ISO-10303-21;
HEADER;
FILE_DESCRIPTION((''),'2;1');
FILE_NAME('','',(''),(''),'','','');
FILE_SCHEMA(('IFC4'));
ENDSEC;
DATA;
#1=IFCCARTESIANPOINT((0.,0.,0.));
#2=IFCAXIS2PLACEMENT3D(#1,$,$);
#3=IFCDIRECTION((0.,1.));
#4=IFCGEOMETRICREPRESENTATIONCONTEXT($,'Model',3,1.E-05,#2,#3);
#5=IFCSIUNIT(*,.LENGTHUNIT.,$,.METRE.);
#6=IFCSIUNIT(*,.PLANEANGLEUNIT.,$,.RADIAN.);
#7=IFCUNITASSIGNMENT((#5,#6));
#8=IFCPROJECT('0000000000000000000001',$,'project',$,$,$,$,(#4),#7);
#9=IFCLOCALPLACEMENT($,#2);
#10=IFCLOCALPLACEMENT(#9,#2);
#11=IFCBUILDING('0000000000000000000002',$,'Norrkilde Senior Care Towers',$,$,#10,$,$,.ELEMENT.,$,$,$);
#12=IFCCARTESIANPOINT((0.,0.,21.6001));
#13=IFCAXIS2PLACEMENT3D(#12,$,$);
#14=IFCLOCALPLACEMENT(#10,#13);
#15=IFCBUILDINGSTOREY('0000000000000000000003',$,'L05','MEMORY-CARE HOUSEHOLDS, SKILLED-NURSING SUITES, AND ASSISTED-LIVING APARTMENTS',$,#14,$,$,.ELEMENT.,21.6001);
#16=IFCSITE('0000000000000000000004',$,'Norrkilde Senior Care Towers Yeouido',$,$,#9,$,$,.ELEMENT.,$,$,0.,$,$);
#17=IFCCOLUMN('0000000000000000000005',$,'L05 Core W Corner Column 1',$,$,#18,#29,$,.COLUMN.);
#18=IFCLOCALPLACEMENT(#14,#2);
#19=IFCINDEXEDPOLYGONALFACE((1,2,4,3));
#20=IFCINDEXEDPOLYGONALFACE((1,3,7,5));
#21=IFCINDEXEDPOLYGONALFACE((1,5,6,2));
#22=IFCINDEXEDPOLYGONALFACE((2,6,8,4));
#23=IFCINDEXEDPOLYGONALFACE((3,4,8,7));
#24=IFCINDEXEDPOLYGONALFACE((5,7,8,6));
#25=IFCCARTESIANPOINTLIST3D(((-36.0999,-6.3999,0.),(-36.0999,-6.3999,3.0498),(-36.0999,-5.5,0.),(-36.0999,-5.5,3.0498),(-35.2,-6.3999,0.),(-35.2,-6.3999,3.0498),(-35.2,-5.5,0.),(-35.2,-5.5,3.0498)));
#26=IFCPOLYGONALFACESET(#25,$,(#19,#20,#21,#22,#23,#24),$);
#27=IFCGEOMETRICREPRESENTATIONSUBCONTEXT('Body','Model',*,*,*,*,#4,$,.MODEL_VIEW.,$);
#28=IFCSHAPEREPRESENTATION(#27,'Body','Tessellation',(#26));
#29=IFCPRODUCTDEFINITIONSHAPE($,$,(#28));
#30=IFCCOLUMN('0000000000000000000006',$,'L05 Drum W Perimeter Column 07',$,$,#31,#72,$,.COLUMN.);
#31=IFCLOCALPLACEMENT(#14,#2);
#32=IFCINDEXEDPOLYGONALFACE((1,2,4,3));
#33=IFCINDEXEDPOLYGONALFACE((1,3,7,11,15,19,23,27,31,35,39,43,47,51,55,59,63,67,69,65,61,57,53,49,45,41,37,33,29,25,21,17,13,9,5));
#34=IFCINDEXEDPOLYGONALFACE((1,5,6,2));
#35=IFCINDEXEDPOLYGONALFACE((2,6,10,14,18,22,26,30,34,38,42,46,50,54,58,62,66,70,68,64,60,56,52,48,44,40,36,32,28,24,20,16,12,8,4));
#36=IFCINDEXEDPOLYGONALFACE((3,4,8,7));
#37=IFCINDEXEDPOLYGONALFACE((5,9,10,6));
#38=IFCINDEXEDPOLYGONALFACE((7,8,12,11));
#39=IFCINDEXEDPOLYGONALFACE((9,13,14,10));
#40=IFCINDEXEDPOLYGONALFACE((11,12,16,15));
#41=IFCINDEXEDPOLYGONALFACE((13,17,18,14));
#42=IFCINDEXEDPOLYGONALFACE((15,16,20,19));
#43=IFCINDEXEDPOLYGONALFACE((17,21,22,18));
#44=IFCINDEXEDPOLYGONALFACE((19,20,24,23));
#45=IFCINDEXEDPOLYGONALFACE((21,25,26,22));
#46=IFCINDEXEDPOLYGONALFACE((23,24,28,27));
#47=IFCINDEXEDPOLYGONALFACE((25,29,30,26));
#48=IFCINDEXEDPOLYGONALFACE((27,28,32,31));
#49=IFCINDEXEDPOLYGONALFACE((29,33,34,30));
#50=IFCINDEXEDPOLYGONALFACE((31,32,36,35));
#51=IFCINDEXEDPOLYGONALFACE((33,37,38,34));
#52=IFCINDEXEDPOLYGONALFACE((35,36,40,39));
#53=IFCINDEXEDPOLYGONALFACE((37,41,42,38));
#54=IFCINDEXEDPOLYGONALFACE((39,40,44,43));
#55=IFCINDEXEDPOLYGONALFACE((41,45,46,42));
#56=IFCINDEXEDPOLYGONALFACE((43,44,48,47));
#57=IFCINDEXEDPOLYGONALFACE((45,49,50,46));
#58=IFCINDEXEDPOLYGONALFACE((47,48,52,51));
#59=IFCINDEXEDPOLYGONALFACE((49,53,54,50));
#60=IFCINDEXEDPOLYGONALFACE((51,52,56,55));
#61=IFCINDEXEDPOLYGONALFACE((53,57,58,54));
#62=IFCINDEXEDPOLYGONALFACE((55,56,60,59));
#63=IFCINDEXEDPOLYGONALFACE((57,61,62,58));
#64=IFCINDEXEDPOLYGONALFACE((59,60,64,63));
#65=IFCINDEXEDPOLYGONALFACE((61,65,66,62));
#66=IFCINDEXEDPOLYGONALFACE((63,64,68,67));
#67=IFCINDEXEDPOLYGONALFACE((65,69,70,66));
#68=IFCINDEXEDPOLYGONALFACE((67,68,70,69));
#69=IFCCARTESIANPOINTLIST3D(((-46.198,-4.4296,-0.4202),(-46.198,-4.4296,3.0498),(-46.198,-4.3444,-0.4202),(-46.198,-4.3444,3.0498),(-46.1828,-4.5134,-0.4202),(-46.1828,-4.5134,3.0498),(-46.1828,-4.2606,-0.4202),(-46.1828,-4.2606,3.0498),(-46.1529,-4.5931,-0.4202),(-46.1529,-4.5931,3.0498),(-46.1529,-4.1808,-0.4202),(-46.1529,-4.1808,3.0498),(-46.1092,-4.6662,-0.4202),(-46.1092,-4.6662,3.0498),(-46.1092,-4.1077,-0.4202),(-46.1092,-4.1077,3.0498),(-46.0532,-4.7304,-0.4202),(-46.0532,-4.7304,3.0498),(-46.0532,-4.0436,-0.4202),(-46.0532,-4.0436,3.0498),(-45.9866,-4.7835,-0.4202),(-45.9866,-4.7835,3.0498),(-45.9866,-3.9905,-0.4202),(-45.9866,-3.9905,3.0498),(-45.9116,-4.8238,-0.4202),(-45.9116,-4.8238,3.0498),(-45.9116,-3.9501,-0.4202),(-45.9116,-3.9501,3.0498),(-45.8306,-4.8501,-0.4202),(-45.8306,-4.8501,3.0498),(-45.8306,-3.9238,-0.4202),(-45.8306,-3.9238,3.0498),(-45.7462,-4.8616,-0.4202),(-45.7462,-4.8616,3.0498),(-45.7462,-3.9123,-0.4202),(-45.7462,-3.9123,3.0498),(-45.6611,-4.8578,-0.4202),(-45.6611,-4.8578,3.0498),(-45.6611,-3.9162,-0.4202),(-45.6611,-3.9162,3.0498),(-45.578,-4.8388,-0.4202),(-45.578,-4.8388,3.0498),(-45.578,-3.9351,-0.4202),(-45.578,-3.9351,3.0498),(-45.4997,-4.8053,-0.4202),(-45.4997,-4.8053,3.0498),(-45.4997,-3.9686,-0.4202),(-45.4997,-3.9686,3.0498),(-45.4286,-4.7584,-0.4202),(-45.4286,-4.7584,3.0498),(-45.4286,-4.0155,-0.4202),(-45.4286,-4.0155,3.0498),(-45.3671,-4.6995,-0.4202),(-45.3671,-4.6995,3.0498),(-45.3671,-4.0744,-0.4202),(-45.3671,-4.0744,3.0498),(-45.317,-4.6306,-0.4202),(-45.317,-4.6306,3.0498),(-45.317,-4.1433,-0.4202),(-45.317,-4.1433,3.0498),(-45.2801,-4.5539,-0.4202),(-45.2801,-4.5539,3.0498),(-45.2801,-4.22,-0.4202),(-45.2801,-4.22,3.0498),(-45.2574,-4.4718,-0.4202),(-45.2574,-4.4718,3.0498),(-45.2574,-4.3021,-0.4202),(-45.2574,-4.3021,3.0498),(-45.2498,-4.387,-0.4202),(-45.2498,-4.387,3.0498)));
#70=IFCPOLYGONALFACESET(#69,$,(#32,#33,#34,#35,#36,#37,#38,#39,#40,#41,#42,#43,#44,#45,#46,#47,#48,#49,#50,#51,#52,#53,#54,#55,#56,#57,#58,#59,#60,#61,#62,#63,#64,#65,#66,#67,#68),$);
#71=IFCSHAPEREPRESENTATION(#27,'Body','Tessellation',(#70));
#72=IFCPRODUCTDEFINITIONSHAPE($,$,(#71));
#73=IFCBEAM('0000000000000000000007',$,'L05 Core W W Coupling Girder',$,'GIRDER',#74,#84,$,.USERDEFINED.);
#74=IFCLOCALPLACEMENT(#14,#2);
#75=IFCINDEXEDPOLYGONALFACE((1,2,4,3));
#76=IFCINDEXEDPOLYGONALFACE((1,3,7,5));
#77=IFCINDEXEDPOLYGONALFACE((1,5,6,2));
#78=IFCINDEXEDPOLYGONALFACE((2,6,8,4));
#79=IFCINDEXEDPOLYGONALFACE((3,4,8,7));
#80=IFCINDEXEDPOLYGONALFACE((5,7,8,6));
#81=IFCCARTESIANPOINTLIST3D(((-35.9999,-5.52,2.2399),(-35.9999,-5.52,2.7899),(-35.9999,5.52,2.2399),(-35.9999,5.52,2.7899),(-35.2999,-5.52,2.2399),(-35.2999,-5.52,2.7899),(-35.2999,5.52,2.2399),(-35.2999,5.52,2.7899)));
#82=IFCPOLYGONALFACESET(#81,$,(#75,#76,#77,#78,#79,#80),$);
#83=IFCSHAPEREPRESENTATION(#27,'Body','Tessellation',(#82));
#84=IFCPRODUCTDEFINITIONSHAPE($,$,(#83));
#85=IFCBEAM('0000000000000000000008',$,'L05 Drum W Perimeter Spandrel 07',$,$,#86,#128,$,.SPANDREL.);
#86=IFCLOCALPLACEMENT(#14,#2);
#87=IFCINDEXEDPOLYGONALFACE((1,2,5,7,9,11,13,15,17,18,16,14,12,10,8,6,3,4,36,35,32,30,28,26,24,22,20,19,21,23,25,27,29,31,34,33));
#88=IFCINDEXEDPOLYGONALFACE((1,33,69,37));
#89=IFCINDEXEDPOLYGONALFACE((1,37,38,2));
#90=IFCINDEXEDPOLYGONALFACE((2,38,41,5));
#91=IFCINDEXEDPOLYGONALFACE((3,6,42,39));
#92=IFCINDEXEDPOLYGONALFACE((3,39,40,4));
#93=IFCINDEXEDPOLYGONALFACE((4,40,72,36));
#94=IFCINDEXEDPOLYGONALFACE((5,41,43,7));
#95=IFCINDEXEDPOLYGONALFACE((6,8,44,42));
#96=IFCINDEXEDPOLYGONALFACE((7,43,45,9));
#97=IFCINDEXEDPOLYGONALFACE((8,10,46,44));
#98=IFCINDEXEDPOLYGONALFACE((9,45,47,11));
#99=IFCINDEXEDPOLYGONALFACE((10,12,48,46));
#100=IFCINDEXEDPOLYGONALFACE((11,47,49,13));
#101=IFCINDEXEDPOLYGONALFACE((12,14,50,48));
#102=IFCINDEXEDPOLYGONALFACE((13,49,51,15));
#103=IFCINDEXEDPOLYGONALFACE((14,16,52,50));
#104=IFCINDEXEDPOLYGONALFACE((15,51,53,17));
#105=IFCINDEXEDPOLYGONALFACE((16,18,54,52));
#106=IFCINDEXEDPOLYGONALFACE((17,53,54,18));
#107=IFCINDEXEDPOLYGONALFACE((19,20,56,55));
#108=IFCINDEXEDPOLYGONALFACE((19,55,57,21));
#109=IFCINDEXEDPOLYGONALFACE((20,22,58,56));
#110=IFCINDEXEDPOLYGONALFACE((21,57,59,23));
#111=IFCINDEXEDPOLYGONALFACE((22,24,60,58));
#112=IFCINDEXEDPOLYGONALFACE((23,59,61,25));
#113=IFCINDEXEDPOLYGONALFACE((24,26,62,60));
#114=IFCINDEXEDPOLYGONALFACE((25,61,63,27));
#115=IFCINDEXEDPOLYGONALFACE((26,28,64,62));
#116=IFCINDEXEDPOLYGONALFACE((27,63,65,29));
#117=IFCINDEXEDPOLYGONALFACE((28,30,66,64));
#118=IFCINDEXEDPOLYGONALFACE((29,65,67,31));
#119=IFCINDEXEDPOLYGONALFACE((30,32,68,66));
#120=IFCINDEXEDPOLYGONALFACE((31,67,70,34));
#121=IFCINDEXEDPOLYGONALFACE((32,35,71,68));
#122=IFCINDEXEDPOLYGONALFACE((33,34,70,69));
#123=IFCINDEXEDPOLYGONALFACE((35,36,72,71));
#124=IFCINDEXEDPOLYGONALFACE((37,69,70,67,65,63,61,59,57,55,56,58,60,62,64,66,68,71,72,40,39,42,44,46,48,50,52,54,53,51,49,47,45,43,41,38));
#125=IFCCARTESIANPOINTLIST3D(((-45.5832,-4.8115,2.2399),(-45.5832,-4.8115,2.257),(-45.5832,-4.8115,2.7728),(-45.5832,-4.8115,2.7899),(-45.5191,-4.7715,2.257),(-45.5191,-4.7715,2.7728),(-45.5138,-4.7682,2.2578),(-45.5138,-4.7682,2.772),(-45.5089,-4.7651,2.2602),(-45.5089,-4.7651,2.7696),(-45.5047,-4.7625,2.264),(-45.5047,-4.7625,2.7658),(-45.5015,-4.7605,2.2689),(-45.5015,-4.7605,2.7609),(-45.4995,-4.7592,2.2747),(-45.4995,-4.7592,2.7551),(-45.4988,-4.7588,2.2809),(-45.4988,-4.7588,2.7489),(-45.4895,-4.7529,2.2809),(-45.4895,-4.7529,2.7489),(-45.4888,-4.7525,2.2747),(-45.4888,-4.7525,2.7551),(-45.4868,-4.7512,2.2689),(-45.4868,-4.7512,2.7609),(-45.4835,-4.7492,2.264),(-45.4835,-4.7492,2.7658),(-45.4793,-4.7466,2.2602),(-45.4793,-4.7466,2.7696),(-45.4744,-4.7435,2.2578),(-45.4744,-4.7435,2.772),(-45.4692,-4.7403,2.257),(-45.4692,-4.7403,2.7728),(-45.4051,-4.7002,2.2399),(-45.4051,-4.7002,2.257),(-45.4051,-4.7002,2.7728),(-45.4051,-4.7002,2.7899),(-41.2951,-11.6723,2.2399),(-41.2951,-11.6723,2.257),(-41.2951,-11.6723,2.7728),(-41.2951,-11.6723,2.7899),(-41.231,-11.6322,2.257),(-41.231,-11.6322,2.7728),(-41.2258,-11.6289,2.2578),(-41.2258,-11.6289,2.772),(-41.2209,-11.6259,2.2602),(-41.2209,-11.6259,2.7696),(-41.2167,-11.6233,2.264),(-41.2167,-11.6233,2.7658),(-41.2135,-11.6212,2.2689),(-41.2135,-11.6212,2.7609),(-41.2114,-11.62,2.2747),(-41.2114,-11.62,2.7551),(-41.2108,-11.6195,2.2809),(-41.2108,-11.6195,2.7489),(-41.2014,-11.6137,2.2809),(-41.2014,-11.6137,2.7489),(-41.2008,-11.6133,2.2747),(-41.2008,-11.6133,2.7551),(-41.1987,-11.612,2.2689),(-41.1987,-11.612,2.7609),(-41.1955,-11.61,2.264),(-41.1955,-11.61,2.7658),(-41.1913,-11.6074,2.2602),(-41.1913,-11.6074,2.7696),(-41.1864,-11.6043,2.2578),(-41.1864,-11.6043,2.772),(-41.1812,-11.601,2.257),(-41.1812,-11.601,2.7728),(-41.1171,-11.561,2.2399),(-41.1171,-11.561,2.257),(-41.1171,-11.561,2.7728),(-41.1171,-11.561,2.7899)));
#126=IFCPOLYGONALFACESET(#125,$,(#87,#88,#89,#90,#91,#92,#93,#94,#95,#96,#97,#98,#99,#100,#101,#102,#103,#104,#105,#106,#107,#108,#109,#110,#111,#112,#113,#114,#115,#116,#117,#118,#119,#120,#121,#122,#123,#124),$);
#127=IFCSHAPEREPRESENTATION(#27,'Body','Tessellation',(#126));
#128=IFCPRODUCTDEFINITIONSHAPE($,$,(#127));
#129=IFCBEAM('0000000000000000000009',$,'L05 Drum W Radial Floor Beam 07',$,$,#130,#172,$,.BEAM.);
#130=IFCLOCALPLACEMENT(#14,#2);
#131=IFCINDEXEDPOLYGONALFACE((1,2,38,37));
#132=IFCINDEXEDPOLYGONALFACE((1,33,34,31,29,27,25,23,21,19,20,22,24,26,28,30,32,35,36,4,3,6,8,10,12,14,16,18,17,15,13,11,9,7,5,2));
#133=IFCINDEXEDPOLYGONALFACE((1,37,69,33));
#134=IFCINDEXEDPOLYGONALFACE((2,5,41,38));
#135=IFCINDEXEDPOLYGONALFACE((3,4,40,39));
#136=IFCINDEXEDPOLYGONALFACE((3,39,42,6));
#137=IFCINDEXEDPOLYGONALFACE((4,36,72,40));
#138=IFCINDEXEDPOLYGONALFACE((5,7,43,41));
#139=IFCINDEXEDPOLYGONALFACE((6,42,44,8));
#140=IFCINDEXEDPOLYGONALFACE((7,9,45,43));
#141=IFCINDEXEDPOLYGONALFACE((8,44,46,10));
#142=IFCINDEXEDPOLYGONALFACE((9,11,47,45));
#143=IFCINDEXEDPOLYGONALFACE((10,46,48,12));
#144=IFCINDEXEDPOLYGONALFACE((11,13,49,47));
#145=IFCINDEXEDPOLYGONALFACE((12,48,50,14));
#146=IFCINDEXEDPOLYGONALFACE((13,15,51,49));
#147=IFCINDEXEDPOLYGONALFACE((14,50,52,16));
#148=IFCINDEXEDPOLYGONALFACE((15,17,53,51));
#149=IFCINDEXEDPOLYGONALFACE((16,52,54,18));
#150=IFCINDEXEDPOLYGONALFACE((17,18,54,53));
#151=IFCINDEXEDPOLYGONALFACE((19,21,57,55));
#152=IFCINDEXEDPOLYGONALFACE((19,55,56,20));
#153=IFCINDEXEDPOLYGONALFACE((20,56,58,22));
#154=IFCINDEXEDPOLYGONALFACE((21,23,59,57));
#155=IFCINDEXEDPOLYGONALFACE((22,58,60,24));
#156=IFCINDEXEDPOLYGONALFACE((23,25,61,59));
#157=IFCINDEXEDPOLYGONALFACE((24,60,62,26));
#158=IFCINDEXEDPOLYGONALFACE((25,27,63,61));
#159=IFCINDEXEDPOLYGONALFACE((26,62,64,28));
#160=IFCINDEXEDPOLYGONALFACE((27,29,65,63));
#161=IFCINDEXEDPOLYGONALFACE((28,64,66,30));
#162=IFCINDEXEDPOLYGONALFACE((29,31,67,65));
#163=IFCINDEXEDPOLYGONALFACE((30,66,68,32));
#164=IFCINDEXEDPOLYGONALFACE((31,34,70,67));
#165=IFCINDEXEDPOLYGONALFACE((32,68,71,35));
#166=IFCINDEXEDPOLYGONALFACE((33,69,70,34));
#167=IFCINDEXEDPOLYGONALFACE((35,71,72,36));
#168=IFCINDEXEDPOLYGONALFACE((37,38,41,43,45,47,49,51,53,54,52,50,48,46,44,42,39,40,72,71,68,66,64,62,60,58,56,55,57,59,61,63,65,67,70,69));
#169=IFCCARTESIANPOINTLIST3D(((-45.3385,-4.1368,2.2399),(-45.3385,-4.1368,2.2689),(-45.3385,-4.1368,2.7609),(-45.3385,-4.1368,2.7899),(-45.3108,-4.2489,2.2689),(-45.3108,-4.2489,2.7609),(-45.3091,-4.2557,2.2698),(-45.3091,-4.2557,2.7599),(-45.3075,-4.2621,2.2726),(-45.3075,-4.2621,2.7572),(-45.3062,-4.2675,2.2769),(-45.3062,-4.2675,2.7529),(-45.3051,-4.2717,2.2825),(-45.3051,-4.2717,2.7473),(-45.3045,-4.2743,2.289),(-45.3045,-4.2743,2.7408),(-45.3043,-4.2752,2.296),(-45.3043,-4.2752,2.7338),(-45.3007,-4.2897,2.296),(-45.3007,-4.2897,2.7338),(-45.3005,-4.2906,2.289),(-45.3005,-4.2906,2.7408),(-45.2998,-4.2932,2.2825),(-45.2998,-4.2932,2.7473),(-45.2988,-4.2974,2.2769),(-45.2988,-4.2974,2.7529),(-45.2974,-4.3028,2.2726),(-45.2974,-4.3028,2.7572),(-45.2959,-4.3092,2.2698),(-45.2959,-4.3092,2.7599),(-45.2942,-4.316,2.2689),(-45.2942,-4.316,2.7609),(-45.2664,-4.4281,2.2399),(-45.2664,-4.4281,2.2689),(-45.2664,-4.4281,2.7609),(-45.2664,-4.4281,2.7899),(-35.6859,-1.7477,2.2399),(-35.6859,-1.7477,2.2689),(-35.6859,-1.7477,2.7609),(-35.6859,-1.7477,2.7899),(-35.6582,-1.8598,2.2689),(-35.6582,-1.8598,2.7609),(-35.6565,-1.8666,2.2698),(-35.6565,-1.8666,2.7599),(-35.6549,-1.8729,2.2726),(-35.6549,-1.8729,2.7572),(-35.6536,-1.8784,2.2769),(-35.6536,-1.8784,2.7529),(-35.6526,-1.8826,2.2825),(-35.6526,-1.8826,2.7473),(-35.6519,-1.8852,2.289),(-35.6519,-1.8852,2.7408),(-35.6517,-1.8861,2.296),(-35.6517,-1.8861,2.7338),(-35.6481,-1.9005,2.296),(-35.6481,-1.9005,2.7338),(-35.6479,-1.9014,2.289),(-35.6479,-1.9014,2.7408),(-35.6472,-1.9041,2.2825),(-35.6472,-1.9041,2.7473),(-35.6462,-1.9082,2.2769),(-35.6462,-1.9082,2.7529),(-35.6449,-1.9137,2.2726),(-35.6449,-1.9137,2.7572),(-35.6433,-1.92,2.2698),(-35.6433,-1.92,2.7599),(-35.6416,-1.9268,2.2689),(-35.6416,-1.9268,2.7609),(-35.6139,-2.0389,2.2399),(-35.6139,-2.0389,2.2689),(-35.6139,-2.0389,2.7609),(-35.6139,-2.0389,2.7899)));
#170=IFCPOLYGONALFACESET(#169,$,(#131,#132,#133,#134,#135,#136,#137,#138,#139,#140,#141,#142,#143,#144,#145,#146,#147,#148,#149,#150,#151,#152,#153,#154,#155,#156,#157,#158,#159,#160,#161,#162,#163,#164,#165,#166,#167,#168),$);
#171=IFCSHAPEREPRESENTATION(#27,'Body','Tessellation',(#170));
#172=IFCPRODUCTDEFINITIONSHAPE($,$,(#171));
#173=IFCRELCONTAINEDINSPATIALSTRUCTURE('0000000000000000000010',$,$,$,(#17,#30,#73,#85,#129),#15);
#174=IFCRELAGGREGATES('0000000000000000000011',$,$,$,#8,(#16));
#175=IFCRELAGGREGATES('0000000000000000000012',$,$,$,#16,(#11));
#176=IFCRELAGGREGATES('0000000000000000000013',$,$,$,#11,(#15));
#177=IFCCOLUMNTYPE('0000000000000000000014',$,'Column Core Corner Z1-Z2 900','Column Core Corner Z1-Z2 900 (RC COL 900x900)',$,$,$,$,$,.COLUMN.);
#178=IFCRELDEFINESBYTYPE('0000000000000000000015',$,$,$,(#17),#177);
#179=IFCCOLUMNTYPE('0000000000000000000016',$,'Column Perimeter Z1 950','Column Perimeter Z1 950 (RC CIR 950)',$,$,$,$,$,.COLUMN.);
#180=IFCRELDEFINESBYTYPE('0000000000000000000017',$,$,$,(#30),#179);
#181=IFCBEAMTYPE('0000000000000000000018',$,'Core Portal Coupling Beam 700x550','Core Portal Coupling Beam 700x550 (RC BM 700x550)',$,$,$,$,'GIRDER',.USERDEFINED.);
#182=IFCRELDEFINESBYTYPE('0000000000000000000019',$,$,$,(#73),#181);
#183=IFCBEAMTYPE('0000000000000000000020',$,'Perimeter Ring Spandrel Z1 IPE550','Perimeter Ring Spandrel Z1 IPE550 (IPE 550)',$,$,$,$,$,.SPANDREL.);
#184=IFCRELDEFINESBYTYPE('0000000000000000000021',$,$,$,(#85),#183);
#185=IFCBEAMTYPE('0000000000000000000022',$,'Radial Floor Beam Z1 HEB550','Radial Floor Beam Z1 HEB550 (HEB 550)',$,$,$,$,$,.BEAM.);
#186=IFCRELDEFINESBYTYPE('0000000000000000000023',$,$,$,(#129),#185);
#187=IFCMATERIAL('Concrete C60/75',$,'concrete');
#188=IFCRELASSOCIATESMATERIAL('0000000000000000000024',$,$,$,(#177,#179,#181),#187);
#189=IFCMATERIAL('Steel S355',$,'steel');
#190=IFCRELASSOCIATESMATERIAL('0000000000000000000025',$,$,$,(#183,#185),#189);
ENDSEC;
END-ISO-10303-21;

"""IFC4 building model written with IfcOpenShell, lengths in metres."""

from ifc_helpers import new_model, si_unit, direction, frame, origin, origin_2d, place, context, subcontext, project, spatial, rectangle, circle, i_section, extrude, source, transform, mapped, material, material_profile, profile_set, type_object, type_shapes, element, save


model = new_model("IFC4")

# Units and contexts
model_context = context("Model", 3, precision=1e-05, world=origin(), true_north=direction((0.0, 1.0)))
body_context = subcontext(model_context, "Body", "Model", "MODEL_VIEW")
ifc_project = project(units=[si_unit("LENGTHUNIT", "METRE"), si_unit("PLANEANGLEUNIT", "RADIAN")], contexts=[model_context])

# Site, building, storey
site_placement = place(None, origin())
site = spatial("IfcSite", under=ifc_project, at=site_placement, Name="Norrkilde Senior Care Towers Yeouido", CompositionType="ELEMENT", RefElevation=0.0)
building_placement = place(site_placement, origin())
building = spatial("IfcBuilding", under=site, at=building_placement, Name="Norrkilde Senior Care Towers", CompositionType="ELEMENT")
storey_placement = place(building_placement, frame((0.0, 0.0, 21.6001)))
storey = spatial("IfcBuildingStorey", under=building, at=storey_placement, Name="L05", Description="MEMORY-CARE HOUSEHOLDS, SKILLED-NURSING SUITES, AND ASSISTED-LIVING APARTMENTS", CompositionType="ELEMENT", Elevation=21.6001)

# Columns
ifc_material_1 = material(Name="Concrete C60/75", Category="concrete")
ifc_material_profile_1 = material_profile(ifc_material_1, rectangle(XDim=0.8999, YDim=0.8999, at=origin_2d()), Name="RC COL 900x900")
ifc_profile_set_1 = profile_set([ifc_material_profile_1], Name="Concrete C60/75")
column_type_1 = type_object("IfcColumnType", Name="Column Core Corner Z1-Z2 900", Description="Column Core Corner Z1-Z2 900 (RC COL 900x900)", PredefinedType="COLUMN", material=ifc_profile_set_1)
shared_shape_1 = source(origin(), body_context, "Body", "SweptSolid", [
    extrude(rectangle(XDim=0.8999, YDim=0.8999, at=origin_2d()), origin(), (0.0, 0.0, 1.0), 3.0498),
])
type_shapes(column_type_1, [shared_shape_1])
column_1_placement = place(storey_placement, frame((-35.6499, -5.95, 0.0), z_axis=(0.0, 0.0, 1.0), x_axis=(1.0, 0.0, 0.0)))
element("IfcColumn", 1, at=column_1_placement, inside=storey, type_object=column_type_1, Name="L05 Core W Corner Column 1", PredefinedType="COLUMN", context=body_context, shape_type="MappedRepresentation", body=[
    mapped(shared_shape_1, transform((0.0, 0.0, 0.0), x_axis=(1.0, 0.0, 0.0), y_axis=(0.0, 1.0, 0.0), z_axis=(0.0, 0.0, 1.0), scale=1.0)),
])
ifc_material_profile_2 = material_profile(ifc_material_1, circle(Radius=0.4751, at=origin_2d()), Name="RC CIR 950")
ifc_profile_set_2 = profile_set([ifc_material_profile_2], Name="Concrete C60/75")
column_type_2 = type_object("IfcColumnType", Name="Column Perimeter Z1 950", Description="Column Perimeter Z1 950 (RC CIR 950)", PredefinedType="COLUMN", material=ifc_profile_set_2)
shared_shape_2 = source(origin(), body_context, "Body", "SweptSolid", [
    extrude(circle(Radius=0.4751, at=origin_2d()), origin(), (0.0, 0.0, 1.0), 3.47),
])
type_shapes(column_type_2, [shared_shape_2])
column_2_placement = place(storey_placement, frame((-45.7249, -4.387, -0.4202), z_axis=(0.0, 0.0, 1.0), x_axis=(1.0, 0.0, 0.0)))
element("IfcColumn", 2, at=column_2_placement, inside=storey, type_object=column_type_2, Name="L05 Drum W Perimeter Column 07", PredefinedType="COLUMN", context=body_context, shape_type="MappedRepresentation", body=[
    mapped(shared_shape_2, transform((0.0, 0.0, 0.0), x_axis=(1.0, 0.0, 0.0), y_axis=(0.0, 1.0, 0.0), z_axis=(0.0, 0.0, 1.0), scale=1.0)),
])

# Beams
ifc_material_profile_3 = material_profile(ifc_material_1, rectangle(XDim=0.7, YDim=0.55, at=origin_2d()), Name="RC BM 700x550")
ifc_profile_set_3 = profile_set([ifc_material_profile_3], Name="Concrete C60/75")
beam_type_1 = type_object("IfcBeamType", Name="Core Portal Coupling Beam 700x550", Description="Core Portal Coupling Beam 700x550 (RC BM 700x550)", ElementType="GIRDER", PredefinedType="USERDEFINED", material=ifc_profile_set_3)
shared_shape_3 = source(origin(), body_context, "Body", "SweptSolid", [
    extrude(rectangle(XDim=0.7, YDim=0.55, at=origin_2d()), origin(), (0.0, 0.0, 1.0), 11.04),
])
type_shapes(beam_type_1, [shared_shape_3])
beam_1_placement = place(storey_placement, frame((-35.6499, -5.52, 2.5149), z_axis=(0.0, 1.0, 0.0), x_axis=(-1.0, 0.0, 0.0)))
element("IfcBeam", 3, at=beam_1_placement, inside=storey, type_object=beam_type_1, Name="L05 Core W W Coupling Girder", ObjectType="GIRDER", PredefinedType="USERDEFINED", context=body_context, shape_type="MappedRepresentation", body=[
    mapped(shared_shape_3, transform((0.0, 0.0, 0.0), x_axis=(1.0, 0.0, 0.0), y_axis=(0.0, 1.0, 0.0), z_axis=(0.0, 0.0, 1.0), scale=1.0)),
])
ifc_material_2 = material(Name="Steel S355", Category="steel")
ifc_material_profile_4 = material_profile(ifc_material_2, i_section(OverallWidth=0.21, OverallDepth=0.55, WebThickness=0.011, FlangeThickness=0.0171, FilletRadius=0.0239, at=origin_2d()), Name="IPE 550")
ifc_profile_set_4 = profile_set([ifc_material_profile_4], Name="Steel S355")
beam_type_2 = type_object("IfcBeamType", Name="Perimeter Ring Spandrel Z1 IPE550", Description="Perimeter Ring Spandrel Z1 IPE550 (IPE 550)", PredefinedType="SPANDREL", material=ifc_profile_set_4)
shared_shape_4 = source(origin(), body_context, "Body", "SweptSolid", [
    extrude(i_section(OverallWidth=0.21, OverallDepth=0.55, WebThickness=0.011, FlangeThickness=0.0171, FilletRadius=0.0239, at=origin_2d()), origin(), (0.0, 0.0, 1.0), 8.0906),
])
type_shapes(beam_type_2, [shared_shape_4])
beam_2_placement = place(storey_placement, frame((-45.4941, -4.7559, 2.5149), z_axis=(0.530004, -0.847995, 0.0), x_axis=(0.847995, 0.530004, 0.0)))
element("IfcBeam", 4, at=beam_2_placement, inside=storey, type_object=beam_type_2, Name="L05 Drum W Perimeter Spandrel 07", PredefinedType="SPANDREL", context=body_context, shape_type="MappedRepresentation", body=[
    mapped(shared_shape_4, transform((0.0, 0.0, 0.0), x_axis=(1.0, 0.0, 0.0), y_axis=(0.0, 1.0, 0.0), z_axis=(0.0, 0.0, 1.0), scale=1.0)),
])
ifc_material_profile_5 = material_profile(ifc_material_2, i_section(OverallWidth=0.3, OverallDepth=0.55, WebThickness=0.0149, FlangeThickness=0.0291, FilletRadius=0.0271, at=origin_2d()), Name="HEB 550")
ifc_profile_set_5 = profile_set([ifc_material_profile_5], Name="Steel S355")
beam_type_3 = type_object("IfcBeamType", Name="Radial Floor Beam Z1 HEB550", Description="Radial Floor Beam Z1 HEB550 (HEB 550)", PredefinedType="BEAM", material=ifc_profile_set_5)
shared_shape_5 = source(origin(), body_context, "Body", "SweptSolid", [
    extrude(i_section(OverallWidth=0.3, OverallDepth=0.55, WebThickness=0.0149, FlangeThickness=0.0291, FilletRadius=0.0271, at=origin_2d()), origin(), (0.0, 0.0, 1.0), 9.9438),
])
type_shapes(beam_type_3, [shared_shape_5])
beam_3_placement = place(storey_placement, frame((-35.6499, -1.8933, 2.5149), z_axis=(-0.970707, -0.240265, 0.0), x_axis=(0.240265, -0.970707, 0.0)))
element("IfcBeam", 5, at=beam_3_placement, inside=storey, type_object=beam_type_3, Name="L05 Drum W Radial Floor Beam 07", PredefinedType="BEAM", context=body_context, shape_type="MappedRepresentation", body=[
    mapped(shared_shape_5, transform((0.0, 0.0, 0.0), x_axis=(1.0, 0.0, 0.0), y_axis=(0.0, 1.0, 0.0), z_axis=(0.0, 0.0, 1.0), scale=1.0)),
])

save(model, "model.ifc")
